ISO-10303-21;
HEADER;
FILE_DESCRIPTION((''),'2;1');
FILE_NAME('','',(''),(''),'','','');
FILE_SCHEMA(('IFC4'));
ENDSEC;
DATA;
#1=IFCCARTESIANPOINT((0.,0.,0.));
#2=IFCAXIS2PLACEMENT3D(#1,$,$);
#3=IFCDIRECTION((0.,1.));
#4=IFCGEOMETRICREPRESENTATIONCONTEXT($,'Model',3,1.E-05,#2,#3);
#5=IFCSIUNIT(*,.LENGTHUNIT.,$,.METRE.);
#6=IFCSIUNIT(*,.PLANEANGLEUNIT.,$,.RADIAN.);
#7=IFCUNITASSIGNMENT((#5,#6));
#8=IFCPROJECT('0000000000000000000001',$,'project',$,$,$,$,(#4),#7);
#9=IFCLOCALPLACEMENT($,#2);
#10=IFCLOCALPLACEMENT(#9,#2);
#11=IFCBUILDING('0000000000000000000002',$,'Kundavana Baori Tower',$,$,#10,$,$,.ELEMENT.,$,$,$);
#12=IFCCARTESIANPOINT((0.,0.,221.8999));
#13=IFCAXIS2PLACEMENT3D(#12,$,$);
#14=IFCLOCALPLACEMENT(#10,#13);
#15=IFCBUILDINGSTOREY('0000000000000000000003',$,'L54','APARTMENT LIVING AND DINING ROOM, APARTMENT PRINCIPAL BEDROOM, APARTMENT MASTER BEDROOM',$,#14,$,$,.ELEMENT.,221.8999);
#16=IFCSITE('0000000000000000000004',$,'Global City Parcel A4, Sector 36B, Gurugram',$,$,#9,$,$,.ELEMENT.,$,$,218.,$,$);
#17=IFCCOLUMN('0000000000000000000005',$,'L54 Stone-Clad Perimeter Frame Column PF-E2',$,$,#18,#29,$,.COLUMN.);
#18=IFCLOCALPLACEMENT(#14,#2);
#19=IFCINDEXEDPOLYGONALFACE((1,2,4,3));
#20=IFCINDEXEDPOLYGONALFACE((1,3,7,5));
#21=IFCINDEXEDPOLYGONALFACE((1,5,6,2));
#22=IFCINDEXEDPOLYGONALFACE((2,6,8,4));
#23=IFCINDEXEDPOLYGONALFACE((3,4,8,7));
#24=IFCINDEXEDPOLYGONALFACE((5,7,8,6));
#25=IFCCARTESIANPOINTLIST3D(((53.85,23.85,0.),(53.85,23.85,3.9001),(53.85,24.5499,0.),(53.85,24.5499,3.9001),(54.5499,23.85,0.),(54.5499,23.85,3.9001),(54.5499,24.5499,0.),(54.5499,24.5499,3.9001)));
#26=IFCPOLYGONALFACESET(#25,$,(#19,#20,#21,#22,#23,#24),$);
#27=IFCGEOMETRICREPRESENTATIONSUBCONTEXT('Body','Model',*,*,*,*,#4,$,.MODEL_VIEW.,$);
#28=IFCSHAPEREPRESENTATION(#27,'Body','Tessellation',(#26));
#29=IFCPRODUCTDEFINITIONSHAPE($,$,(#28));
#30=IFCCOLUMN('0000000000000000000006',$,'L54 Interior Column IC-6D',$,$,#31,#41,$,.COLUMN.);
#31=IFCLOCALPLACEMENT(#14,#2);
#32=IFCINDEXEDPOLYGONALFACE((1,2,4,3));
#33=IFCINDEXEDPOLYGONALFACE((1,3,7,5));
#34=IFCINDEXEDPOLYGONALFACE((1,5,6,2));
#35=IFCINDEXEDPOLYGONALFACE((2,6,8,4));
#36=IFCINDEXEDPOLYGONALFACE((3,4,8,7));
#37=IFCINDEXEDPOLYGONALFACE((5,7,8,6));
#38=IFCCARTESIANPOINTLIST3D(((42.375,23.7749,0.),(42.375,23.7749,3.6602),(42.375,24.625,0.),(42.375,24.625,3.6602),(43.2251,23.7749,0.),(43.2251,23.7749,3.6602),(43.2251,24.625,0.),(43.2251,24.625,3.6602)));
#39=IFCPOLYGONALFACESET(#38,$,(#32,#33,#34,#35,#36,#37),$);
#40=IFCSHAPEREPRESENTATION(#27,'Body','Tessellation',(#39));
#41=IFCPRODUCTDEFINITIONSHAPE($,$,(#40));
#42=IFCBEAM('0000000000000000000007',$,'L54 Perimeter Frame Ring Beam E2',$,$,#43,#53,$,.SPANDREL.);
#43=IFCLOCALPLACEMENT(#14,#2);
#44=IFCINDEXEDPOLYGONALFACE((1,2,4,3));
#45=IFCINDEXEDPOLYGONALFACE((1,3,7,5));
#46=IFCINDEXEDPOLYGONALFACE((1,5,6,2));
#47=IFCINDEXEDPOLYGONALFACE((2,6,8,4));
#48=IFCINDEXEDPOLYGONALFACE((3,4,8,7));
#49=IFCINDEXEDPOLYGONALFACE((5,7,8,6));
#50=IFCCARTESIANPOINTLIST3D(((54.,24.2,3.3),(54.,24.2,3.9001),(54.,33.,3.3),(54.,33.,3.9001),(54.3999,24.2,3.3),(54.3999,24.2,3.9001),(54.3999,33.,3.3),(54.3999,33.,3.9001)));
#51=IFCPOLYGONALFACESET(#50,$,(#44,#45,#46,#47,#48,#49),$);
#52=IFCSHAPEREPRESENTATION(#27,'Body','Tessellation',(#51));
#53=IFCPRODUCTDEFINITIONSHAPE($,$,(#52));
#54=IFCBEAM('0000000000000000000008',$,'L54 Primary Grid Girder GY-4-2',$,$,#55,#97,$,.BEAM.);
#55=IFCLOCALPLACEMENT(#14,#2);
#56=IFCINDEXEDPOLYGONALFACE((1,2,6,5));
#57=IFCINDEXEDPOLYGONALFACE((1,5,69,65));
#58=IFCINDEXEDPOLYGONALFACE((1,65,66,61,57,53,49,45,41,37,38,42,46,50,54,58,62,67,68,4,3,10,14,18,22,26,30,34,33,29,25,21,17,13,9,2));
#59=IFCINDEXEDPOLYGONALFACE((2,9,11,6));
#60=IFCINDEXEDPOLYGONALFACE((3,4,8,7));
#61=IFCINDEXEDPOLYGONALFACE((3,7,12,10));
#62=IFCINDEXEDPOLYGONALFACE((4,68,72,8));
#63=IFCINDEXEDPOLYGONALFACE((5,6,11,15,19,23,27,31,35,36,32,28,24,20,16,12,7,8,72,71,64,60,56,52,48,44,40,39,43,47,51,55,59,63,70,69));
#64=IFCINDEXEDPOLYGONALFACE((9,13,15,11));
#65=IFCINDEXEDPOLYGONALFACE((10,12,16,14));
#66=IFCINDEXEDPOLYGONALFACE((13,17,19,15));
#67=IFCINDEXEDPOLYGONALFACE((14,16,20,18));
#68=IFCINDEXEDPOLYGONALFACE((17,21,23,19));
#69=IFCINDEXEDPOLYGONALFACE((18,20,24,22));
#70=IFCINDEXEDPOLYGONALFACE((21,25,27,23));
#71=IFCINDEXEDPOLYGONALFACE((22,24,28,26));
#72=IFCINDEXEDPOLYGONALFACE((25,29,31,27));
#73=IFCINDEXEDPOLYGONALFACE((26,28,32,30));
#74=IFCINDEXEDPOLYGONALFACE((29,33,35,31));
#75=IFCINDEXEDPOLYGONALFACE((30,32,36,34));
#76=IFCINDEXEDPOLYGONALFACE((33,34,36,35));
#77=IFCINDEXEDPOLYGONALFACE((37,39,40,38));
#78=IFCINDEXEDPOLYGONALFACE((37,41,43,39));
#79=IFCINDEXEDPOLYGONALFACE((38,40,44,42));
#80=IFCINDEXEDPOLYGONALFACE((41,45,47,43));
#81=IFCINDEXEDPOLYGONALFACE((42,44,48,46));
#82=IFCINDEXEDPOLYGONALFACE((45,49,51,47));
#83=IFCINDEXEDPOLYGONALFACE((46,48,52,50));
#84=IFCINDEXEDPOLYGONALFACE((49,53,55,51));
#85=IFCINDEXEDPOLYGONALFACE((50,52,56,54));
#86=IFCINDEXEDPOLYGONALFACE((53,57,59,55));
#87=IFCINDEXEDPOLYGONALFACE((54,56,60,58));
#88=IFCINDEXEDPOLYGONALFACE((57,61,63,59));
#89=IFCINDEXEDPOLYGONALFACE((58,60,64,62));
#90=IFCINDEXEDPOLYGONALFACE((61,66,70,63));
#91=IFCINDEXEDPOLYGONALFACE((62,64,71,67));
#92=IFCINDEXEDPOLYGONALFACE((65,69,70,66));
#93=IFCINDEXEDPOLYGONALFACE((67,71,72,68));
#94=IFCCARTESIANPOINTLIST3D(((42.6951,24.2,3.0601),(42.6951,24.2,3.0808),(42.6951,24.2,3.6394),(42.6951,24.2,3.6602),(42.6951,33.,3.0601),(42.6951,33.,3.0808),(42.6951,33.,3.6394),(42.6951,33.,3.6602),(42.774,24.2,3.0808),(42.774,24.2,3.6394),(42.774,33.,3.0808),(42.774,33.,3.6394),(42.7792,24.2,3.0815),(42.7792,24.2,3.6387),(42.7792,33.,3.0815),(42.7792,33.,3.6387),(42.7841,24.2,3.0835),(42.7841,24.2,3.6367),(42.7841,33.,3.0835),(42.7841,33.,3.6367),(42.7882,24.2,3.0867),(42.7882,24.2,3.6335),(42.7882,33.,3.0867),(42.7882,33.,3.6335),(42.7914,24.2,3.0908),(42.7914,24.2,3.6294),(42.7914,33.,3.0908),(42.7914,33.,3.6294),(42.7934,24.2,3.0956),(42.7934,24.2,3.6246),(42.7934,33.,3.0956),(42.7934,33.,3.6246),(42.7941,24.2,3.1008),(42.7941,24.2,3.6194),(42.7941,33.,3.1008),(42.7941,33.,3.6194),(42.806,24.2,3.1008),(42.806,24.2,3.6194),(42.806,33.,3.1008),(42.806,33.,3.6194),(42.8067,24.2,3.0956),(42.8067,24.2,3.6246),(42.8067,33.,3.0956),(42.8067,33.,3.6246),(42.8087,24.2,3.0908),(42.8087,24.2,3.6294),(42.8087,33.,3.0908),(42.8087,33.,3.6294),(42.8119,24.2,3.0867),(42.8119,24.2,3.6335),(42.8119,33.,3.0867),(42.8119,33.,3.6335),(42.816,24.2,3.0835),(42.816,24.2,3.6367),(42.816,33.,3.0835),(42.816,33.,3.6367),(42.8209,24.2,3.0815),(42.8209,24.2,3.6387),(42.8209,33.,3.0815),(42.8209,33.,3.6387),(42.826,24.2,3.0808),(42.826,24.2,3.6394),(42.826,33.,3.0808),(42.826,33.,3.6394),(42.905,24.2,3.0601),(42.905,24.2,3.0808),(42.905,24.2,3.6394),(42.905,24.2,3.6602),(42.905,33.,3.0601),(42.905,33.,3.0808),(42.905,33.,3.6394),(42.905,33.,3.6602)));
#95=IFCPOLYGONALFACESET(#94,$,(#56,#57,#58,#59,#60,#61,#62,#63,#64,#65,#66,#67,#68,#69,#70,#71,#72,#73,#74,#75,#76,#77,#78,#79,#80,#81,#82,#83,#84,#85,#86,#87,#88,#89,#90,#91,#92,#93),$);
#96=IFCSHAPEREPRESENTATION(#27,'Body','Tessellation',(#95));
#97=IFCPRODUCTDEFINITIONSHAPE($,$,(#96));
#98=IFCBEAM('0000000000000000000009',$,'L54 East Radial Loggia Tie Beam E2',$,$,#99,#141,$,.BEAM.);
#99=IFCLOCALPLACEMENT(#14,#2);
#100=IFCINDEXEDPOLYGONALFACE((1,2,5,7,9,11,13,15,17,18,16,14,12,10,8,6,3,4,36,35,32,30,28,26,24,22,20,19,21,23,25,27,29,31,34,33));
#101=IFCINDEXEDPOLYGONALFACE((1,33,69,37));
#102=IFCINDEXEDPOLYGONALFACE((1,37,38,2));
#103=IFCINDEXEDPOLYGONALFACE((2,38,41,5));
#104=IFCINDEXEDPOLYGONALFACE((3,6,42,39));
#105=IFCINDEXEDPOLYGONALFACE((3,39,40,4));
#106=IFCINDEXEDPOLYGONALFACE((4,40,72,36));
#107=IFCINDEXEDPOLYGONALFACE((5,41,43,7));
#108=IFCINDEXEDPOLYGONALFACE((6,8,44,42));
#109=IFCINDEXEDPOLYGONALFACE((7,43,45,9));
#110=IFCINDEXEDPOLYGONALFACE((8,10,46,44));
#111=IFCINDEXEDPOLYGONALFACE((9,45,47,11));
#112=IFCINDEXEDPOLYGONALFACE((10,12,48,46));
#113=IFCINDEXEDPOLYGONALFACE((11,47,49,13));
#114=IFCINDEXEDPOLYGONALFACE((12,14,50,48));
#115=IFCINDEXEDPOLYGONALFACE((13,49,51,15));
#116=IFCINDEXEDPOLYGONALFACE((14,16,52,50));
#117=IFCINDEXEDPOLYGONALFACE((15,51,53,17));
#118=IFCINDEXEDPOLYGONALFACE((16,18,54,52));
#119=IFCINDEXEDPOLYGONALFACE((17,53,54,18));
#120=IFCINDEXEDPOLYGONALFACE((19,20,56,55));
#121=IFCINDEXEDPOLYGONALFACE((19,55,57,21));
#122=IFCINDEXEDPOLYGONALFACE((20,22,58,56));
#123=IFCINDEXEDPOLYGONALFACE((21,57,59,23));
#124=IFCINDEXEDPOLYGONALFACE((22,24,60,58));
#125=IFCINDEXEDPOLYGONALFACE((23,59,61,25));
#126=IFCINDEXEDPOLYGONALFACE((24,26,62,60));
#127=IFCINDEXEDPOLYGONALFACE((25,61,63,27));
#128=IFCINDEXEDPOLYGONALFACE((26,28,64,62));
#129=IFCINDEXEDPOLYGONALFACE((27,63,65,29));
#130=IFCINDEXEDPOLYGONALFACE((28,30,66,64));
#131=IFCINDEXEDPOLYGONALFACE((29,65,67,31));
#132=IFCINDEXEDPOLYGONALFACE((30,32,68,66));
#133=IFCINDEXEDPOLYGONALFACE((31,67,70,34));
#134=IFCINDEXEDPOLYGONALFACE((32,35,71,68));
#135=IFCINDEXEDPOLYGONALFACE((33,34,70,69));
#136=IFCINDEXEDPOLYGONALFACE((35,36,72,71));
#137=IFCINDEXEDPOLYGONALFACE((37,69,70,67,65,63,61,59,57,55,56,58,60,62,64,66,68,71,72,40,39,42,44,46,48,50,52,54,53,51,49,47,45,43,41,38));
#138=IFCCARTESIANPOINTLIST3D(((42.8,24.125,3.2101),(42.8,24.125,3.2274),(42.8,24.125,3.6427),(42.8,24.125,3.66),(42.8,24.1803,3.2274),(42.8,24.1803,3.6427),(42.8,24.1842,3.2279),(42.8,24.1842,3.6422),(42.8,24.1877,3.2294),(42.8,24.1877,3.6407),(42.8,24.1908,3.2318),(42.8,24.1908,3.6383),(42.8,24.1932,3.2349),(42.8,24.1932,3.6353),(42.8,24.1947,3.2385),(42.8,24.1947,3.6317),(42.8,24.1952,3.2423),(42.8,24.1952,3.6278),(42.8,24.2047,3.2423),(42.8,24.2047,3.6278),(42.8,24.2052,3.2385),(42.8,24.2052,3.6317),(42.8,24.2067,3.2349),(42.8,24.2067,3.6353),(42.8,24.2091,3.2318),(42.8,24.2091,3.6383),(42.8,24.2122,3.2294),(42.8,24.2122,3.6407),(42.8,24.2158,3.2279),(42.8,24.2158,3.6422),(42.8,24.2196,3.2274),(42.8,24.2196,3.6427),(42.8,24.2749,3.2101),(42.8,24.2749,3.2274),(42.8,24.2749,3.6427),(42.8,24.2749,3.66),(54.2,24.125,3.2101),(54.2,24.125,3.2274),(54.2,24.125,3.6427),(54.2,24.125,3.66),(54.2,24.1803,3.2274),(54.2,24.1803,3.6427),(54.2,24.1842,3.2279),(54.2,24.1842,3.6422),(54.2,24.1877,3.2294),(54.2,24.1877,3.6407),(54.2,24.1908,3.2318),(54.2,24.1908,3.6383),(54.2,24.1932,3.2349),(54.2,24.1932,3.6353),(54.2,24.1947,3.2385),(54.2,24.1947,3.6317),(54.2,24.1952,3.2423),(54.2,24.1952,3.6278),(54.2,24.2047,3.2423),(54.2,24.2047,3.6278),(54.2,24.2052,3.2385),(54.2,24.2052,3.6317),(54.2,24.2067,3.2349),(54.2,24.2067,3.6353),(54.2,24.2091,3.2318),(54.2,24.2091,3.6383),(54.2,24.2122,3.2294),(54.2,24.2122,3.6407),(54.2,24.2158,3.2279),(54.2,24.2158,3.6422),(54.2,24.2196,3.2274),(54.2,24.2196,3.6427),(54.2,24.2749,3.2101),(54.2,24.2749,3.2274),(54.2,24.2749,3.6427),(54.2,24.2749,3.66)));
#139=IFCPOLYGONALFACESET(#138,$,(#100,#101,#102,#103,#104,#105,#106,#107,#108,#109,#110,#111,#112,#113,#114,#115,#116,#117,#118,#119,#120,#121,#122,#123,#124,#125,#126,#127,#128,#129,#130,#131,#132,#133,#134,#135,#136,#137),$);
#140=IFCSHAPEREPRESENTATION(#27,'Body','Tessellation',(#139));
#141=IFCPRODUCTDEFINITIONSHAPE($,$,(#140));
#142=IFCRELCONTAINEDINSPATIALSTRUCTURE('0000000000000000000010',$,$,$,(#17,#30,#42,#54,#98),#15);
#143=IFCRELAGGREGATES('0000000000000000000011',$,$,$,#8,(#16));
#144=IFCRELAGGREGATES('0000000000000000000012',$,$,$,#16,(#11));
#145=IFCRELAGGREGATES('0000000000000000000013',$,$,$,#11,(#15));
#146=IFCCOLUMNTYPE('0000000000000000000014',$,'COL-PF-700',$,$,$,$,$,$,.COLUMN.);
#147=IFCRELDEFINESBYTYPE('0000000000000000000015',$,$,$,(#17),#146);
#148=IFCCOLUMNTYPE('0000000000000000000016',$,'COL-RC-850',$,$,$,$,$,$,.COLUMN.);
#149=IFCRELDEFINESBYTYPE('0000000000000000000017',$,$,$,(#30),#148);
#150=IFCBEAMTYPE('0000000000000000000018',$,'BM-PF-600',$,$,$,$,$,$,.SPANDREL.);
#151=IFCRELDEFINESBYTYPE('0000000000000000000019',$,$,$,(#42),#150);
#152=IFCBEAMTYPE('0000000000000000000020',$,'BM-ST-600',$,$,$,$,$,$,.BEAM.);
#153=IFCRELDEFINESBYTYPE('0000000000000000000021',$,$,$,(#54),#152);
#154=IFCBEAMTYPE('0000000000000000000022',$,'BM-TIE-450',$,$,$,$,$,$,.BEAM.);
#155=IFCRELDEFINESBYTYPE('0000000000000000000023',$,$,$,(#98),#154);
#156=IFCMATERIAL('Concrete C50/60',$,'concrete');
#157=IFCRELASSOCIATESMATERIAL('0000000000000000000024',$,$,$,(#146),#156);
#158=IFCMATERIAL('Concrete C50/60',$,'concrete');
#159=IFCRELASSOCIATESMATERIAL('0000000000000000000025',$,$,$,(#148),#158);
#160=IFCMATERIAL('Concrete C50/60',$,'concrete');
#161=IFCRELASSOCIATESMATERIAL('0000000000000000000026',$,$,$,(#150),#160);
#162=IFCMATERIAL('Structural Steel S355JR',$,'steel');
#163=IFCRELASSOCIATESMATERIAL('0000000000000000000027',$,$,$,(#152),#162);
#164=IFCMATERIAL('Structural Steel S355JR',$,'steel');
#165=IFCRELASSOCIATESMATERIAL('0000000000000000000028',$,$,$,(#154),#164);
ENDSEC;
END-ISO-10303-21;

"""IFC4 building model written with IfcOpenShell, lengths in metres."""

from ifc_helpers import new_model, si_unit, direction, frame, origin, origin_2d, place, context, subcontext, project, spatial, rectangle, i_section, extrude, material, material_profile, profile_set, type_object, element, save


model = new_model("IFC4")

# Units and contexts
model_context = context("Model", 3, precision=1e-05, world=origin(), true_north=direction((0.0, 1.0)))
body_context = subcontext(model_context, "Body", "Model", "MODEL_VIEW")
ifc_project = project(units=[si_unit("LENGTHUNIT", "METRE"), si_unit("PLANEANGLEUNIT", "RADIAN")], contexts=[model_context])

# Site, building, storey
site_placement = place(None, origin())
site = spatial("IfcSite", under=ifc_project, at=site_placement, Name="Global City Parcel A4, Sector 36B, Gurugram", CompositionType="ELEMENT", RefElevation=218.0)
building_placement = place(site_placement, origin())
building = spatial("IfcBuilding", under=site, at=building_placement, Name="Kundavana Baori Tower", CompositionType="ELEMENT")
storey_placement = place(building_placement, frame((0.0, 0.0, 221.8999)))
storey = spatial("IfcBuildingStorey", under=building, at=storey_placement, Name="L54", Description="APARTMENT LIVING AND DINING ROOM, APARTMENT PRINCIPAL BEDROOM, APARTMENT MASTER BEDROOM", CompositionType="ELEMENT", Elevation=221.8999)

# Columns
ifc_material_1 = material(Name="Concrete C50/60", Category="concrete")
ifc_material_profile_1 = material_profile(ifc_material_1, rectangle(XDim=0.7, YDim=0.7, at=origin_2d()), Name="RC PF 700x700")
ifc_profile_set_1 = profile_set([ifc_material_profile_1], Name="Concrete C50/60")
column_type_1 = type_object("IfcColumnType", Name="COL-PF-700", PredefinedType="COLUMN", material=ifc_profile_set_1)
column_1_placement = place(storey_placement, frame((54.2, 24.2, 0.0), z_axis=(0.0, 0.0, 1.0), x_axis=(1.0, 0.0, 0.0)))
element("IfcColumn", 1, at=column_1_placement, inside=storey, type_object=column_type_1, Name="L54 Stone-Clad Perimeter Frame Column PF-E2", PredefinedType="COLUMN", context=body_context, shape_type="SweptSolid", body=[
    extrude(rectangle(XDim=0.7, YDim=0.7, at=origin_2d()), origin(), (0.0, 0.0, 1.0), 3.9001),
])
ifc_material_2 = material(Name="Concrete C50/60", Category="concrete")
ifc_material_profile_2 = material_profile(ifc_material_2, rectangle(XDim=0.8501, YDim=0.8501, at=origin_2d()), Name="RC 850x850")
ifc_profile_set_2 = profile_set([ifc_material_profile_2], Name="Concrete C50/60")
column_type_2 = type_object("IfcColumnType", Name="COL-RC-850", PredefinedType="COLUMN", material=ifc_profile_set_2)
column_2_placement = place(storey_placement, frame((42.8, 24.2, 0.0), z_axis=(0.0, 0.0, 1.0), x_axis=(1.0, 0.0, 0.0)))
element("IfcColumn", 2, at=column_2_placement, inside=storey, type_object=column_type_2, Name="L54 Interior Column IC-6D", PredefinedType="COLUMN", context=body_context, shape_type="SweptSolid", body=[
    extrude(rectangle(XDim=0.8501, YDim=0.8501, at=origin_2d()), origin(), (0.0, 0.0, 1.0), 3.6602),
])

# Beams
ifc_material_3 = material(Name="Concrete C50/60", Category="concrete")
ifc_material_profile_3 = material_profile(ifc_material_3, rectangle(XDim=0.3999, YDim=0.6001, at=origin_2d()), Name="RC BM 400x600")
ifc_profile_set_3 = profile_set([ifc_material_profile_3], Name="Concrete C50/60")
beam_type_1 = type_object("IfcBeamType", Name="BM-PF-600", PredefinedType="SPANDREL", material=ifc_profile_set_3)
beam_1_placement = place(storey_placement, frame((54.2, 24.2, 3.6001), z_axis=(0.0, 1.0, 0.0), x_axis=(-1.0, 0.0, 0.0)))
element("IfcBeam", 3, at=beam_1_placement, inside=storey, type_object=beam_type_1, Name="L54 Perimeter Frame Ring Beam E2", PredefinedType="SPANDREL", context=body_context, shape_type="SweptSolid", body=[
    extrude(rectangle(XDim=0.3999, YDim=0.6001, at=origin_2d()), origin(), (0.0, 0.0, 1.0), 8.8),
])
ifc_material_4 = material(Name="Structural Steel S355JR", Category="steel")
ifc_material_profile_4 = material_profile(ifc_material_4, i_section(OverallWidth=0.21, OverallDepth=0.6001, WebThickness=0.012, FlangeThickness=0.0208, FilletRadius=0.02, at=origin_2d()), Name="ISMB 600")
ifc_profile_set_4 = profile_set([ifc_material_profile_4], Name="Structural Steel S355JR")
beam_type_2 = type_object("IfcBeamType", Name="BM-ST-600", PredefinedType="BEAM", material=ifc_profile_set_4)
beam_2_placement = place(storey_placement, frame((42.8, 24.2, 3.3601), z_axis=(0.0, 1.0, 0.0), x_axis=(-1.0, 0.0, 0.0)))
element("IfcBeam", 4, at=beam_2_placement, inside=storey, type_object=beam_type_2, Name="L54 Primary Grid Girder GY-4-2", PredefinedType="BEAM", context=body_context, shape_type="SweptSolid", body=[
    extrude(i_section(OverallWidth=0.21, OverallDepth=0.6001, WebThickness=0.012, FlangeThickness=0.0208, FilletRadius=0.02, at=origin_2d()), origin(), (0.0, 0.0, 1.0), 8.8),
])
ifc_material_5 = material(Name="Structural Steel S355JR", Category="steel")
ifc_material_profile_5 = material_profile(ifc_material_5, i_section(OverallWidth=0.1499, OverallDepth=0.45, WebThickness=0.0095, FlangeThickness=0.0173, FilletRadius=0.0149, at=origin_2d()), Name="ISMB 450")
ifc_profile_set_5 = profile_set([ifc_material_profile_5], Name="Structural Steel S355JR")
beam_type_3 = type_object("IfcBeamType", Name="BM-TIE-450", PredefinedType="BEAM", material=ifc_profile_set_5)
beam_3_placement = place(storey_placement, frame((42.8, 24.2, 3.4351), z_axis=(1.0, 0.0, 0.0), x_axis=(0.0, 1.0, 0.0)))
element("IfcBeam", 5, at=beam_3_placement, inside=storey, type_object=beam_type_3, Name="L54 East Radial Loggia Tie Beam E2", PredefinedType="BEAM", context=body_context, shape_type="SweptSolid", body=[
    extrude(i_section(OverallWidth=0.1499, OverallDepth=0.45, WebThickness=0.0095, FlangeThickness=0.0173, FilletRadius=0.0149, at=origin_2d()), origin(), (0.0, 0.0, 1.0), 11.3999),
])

save(model, "model.ifc")
